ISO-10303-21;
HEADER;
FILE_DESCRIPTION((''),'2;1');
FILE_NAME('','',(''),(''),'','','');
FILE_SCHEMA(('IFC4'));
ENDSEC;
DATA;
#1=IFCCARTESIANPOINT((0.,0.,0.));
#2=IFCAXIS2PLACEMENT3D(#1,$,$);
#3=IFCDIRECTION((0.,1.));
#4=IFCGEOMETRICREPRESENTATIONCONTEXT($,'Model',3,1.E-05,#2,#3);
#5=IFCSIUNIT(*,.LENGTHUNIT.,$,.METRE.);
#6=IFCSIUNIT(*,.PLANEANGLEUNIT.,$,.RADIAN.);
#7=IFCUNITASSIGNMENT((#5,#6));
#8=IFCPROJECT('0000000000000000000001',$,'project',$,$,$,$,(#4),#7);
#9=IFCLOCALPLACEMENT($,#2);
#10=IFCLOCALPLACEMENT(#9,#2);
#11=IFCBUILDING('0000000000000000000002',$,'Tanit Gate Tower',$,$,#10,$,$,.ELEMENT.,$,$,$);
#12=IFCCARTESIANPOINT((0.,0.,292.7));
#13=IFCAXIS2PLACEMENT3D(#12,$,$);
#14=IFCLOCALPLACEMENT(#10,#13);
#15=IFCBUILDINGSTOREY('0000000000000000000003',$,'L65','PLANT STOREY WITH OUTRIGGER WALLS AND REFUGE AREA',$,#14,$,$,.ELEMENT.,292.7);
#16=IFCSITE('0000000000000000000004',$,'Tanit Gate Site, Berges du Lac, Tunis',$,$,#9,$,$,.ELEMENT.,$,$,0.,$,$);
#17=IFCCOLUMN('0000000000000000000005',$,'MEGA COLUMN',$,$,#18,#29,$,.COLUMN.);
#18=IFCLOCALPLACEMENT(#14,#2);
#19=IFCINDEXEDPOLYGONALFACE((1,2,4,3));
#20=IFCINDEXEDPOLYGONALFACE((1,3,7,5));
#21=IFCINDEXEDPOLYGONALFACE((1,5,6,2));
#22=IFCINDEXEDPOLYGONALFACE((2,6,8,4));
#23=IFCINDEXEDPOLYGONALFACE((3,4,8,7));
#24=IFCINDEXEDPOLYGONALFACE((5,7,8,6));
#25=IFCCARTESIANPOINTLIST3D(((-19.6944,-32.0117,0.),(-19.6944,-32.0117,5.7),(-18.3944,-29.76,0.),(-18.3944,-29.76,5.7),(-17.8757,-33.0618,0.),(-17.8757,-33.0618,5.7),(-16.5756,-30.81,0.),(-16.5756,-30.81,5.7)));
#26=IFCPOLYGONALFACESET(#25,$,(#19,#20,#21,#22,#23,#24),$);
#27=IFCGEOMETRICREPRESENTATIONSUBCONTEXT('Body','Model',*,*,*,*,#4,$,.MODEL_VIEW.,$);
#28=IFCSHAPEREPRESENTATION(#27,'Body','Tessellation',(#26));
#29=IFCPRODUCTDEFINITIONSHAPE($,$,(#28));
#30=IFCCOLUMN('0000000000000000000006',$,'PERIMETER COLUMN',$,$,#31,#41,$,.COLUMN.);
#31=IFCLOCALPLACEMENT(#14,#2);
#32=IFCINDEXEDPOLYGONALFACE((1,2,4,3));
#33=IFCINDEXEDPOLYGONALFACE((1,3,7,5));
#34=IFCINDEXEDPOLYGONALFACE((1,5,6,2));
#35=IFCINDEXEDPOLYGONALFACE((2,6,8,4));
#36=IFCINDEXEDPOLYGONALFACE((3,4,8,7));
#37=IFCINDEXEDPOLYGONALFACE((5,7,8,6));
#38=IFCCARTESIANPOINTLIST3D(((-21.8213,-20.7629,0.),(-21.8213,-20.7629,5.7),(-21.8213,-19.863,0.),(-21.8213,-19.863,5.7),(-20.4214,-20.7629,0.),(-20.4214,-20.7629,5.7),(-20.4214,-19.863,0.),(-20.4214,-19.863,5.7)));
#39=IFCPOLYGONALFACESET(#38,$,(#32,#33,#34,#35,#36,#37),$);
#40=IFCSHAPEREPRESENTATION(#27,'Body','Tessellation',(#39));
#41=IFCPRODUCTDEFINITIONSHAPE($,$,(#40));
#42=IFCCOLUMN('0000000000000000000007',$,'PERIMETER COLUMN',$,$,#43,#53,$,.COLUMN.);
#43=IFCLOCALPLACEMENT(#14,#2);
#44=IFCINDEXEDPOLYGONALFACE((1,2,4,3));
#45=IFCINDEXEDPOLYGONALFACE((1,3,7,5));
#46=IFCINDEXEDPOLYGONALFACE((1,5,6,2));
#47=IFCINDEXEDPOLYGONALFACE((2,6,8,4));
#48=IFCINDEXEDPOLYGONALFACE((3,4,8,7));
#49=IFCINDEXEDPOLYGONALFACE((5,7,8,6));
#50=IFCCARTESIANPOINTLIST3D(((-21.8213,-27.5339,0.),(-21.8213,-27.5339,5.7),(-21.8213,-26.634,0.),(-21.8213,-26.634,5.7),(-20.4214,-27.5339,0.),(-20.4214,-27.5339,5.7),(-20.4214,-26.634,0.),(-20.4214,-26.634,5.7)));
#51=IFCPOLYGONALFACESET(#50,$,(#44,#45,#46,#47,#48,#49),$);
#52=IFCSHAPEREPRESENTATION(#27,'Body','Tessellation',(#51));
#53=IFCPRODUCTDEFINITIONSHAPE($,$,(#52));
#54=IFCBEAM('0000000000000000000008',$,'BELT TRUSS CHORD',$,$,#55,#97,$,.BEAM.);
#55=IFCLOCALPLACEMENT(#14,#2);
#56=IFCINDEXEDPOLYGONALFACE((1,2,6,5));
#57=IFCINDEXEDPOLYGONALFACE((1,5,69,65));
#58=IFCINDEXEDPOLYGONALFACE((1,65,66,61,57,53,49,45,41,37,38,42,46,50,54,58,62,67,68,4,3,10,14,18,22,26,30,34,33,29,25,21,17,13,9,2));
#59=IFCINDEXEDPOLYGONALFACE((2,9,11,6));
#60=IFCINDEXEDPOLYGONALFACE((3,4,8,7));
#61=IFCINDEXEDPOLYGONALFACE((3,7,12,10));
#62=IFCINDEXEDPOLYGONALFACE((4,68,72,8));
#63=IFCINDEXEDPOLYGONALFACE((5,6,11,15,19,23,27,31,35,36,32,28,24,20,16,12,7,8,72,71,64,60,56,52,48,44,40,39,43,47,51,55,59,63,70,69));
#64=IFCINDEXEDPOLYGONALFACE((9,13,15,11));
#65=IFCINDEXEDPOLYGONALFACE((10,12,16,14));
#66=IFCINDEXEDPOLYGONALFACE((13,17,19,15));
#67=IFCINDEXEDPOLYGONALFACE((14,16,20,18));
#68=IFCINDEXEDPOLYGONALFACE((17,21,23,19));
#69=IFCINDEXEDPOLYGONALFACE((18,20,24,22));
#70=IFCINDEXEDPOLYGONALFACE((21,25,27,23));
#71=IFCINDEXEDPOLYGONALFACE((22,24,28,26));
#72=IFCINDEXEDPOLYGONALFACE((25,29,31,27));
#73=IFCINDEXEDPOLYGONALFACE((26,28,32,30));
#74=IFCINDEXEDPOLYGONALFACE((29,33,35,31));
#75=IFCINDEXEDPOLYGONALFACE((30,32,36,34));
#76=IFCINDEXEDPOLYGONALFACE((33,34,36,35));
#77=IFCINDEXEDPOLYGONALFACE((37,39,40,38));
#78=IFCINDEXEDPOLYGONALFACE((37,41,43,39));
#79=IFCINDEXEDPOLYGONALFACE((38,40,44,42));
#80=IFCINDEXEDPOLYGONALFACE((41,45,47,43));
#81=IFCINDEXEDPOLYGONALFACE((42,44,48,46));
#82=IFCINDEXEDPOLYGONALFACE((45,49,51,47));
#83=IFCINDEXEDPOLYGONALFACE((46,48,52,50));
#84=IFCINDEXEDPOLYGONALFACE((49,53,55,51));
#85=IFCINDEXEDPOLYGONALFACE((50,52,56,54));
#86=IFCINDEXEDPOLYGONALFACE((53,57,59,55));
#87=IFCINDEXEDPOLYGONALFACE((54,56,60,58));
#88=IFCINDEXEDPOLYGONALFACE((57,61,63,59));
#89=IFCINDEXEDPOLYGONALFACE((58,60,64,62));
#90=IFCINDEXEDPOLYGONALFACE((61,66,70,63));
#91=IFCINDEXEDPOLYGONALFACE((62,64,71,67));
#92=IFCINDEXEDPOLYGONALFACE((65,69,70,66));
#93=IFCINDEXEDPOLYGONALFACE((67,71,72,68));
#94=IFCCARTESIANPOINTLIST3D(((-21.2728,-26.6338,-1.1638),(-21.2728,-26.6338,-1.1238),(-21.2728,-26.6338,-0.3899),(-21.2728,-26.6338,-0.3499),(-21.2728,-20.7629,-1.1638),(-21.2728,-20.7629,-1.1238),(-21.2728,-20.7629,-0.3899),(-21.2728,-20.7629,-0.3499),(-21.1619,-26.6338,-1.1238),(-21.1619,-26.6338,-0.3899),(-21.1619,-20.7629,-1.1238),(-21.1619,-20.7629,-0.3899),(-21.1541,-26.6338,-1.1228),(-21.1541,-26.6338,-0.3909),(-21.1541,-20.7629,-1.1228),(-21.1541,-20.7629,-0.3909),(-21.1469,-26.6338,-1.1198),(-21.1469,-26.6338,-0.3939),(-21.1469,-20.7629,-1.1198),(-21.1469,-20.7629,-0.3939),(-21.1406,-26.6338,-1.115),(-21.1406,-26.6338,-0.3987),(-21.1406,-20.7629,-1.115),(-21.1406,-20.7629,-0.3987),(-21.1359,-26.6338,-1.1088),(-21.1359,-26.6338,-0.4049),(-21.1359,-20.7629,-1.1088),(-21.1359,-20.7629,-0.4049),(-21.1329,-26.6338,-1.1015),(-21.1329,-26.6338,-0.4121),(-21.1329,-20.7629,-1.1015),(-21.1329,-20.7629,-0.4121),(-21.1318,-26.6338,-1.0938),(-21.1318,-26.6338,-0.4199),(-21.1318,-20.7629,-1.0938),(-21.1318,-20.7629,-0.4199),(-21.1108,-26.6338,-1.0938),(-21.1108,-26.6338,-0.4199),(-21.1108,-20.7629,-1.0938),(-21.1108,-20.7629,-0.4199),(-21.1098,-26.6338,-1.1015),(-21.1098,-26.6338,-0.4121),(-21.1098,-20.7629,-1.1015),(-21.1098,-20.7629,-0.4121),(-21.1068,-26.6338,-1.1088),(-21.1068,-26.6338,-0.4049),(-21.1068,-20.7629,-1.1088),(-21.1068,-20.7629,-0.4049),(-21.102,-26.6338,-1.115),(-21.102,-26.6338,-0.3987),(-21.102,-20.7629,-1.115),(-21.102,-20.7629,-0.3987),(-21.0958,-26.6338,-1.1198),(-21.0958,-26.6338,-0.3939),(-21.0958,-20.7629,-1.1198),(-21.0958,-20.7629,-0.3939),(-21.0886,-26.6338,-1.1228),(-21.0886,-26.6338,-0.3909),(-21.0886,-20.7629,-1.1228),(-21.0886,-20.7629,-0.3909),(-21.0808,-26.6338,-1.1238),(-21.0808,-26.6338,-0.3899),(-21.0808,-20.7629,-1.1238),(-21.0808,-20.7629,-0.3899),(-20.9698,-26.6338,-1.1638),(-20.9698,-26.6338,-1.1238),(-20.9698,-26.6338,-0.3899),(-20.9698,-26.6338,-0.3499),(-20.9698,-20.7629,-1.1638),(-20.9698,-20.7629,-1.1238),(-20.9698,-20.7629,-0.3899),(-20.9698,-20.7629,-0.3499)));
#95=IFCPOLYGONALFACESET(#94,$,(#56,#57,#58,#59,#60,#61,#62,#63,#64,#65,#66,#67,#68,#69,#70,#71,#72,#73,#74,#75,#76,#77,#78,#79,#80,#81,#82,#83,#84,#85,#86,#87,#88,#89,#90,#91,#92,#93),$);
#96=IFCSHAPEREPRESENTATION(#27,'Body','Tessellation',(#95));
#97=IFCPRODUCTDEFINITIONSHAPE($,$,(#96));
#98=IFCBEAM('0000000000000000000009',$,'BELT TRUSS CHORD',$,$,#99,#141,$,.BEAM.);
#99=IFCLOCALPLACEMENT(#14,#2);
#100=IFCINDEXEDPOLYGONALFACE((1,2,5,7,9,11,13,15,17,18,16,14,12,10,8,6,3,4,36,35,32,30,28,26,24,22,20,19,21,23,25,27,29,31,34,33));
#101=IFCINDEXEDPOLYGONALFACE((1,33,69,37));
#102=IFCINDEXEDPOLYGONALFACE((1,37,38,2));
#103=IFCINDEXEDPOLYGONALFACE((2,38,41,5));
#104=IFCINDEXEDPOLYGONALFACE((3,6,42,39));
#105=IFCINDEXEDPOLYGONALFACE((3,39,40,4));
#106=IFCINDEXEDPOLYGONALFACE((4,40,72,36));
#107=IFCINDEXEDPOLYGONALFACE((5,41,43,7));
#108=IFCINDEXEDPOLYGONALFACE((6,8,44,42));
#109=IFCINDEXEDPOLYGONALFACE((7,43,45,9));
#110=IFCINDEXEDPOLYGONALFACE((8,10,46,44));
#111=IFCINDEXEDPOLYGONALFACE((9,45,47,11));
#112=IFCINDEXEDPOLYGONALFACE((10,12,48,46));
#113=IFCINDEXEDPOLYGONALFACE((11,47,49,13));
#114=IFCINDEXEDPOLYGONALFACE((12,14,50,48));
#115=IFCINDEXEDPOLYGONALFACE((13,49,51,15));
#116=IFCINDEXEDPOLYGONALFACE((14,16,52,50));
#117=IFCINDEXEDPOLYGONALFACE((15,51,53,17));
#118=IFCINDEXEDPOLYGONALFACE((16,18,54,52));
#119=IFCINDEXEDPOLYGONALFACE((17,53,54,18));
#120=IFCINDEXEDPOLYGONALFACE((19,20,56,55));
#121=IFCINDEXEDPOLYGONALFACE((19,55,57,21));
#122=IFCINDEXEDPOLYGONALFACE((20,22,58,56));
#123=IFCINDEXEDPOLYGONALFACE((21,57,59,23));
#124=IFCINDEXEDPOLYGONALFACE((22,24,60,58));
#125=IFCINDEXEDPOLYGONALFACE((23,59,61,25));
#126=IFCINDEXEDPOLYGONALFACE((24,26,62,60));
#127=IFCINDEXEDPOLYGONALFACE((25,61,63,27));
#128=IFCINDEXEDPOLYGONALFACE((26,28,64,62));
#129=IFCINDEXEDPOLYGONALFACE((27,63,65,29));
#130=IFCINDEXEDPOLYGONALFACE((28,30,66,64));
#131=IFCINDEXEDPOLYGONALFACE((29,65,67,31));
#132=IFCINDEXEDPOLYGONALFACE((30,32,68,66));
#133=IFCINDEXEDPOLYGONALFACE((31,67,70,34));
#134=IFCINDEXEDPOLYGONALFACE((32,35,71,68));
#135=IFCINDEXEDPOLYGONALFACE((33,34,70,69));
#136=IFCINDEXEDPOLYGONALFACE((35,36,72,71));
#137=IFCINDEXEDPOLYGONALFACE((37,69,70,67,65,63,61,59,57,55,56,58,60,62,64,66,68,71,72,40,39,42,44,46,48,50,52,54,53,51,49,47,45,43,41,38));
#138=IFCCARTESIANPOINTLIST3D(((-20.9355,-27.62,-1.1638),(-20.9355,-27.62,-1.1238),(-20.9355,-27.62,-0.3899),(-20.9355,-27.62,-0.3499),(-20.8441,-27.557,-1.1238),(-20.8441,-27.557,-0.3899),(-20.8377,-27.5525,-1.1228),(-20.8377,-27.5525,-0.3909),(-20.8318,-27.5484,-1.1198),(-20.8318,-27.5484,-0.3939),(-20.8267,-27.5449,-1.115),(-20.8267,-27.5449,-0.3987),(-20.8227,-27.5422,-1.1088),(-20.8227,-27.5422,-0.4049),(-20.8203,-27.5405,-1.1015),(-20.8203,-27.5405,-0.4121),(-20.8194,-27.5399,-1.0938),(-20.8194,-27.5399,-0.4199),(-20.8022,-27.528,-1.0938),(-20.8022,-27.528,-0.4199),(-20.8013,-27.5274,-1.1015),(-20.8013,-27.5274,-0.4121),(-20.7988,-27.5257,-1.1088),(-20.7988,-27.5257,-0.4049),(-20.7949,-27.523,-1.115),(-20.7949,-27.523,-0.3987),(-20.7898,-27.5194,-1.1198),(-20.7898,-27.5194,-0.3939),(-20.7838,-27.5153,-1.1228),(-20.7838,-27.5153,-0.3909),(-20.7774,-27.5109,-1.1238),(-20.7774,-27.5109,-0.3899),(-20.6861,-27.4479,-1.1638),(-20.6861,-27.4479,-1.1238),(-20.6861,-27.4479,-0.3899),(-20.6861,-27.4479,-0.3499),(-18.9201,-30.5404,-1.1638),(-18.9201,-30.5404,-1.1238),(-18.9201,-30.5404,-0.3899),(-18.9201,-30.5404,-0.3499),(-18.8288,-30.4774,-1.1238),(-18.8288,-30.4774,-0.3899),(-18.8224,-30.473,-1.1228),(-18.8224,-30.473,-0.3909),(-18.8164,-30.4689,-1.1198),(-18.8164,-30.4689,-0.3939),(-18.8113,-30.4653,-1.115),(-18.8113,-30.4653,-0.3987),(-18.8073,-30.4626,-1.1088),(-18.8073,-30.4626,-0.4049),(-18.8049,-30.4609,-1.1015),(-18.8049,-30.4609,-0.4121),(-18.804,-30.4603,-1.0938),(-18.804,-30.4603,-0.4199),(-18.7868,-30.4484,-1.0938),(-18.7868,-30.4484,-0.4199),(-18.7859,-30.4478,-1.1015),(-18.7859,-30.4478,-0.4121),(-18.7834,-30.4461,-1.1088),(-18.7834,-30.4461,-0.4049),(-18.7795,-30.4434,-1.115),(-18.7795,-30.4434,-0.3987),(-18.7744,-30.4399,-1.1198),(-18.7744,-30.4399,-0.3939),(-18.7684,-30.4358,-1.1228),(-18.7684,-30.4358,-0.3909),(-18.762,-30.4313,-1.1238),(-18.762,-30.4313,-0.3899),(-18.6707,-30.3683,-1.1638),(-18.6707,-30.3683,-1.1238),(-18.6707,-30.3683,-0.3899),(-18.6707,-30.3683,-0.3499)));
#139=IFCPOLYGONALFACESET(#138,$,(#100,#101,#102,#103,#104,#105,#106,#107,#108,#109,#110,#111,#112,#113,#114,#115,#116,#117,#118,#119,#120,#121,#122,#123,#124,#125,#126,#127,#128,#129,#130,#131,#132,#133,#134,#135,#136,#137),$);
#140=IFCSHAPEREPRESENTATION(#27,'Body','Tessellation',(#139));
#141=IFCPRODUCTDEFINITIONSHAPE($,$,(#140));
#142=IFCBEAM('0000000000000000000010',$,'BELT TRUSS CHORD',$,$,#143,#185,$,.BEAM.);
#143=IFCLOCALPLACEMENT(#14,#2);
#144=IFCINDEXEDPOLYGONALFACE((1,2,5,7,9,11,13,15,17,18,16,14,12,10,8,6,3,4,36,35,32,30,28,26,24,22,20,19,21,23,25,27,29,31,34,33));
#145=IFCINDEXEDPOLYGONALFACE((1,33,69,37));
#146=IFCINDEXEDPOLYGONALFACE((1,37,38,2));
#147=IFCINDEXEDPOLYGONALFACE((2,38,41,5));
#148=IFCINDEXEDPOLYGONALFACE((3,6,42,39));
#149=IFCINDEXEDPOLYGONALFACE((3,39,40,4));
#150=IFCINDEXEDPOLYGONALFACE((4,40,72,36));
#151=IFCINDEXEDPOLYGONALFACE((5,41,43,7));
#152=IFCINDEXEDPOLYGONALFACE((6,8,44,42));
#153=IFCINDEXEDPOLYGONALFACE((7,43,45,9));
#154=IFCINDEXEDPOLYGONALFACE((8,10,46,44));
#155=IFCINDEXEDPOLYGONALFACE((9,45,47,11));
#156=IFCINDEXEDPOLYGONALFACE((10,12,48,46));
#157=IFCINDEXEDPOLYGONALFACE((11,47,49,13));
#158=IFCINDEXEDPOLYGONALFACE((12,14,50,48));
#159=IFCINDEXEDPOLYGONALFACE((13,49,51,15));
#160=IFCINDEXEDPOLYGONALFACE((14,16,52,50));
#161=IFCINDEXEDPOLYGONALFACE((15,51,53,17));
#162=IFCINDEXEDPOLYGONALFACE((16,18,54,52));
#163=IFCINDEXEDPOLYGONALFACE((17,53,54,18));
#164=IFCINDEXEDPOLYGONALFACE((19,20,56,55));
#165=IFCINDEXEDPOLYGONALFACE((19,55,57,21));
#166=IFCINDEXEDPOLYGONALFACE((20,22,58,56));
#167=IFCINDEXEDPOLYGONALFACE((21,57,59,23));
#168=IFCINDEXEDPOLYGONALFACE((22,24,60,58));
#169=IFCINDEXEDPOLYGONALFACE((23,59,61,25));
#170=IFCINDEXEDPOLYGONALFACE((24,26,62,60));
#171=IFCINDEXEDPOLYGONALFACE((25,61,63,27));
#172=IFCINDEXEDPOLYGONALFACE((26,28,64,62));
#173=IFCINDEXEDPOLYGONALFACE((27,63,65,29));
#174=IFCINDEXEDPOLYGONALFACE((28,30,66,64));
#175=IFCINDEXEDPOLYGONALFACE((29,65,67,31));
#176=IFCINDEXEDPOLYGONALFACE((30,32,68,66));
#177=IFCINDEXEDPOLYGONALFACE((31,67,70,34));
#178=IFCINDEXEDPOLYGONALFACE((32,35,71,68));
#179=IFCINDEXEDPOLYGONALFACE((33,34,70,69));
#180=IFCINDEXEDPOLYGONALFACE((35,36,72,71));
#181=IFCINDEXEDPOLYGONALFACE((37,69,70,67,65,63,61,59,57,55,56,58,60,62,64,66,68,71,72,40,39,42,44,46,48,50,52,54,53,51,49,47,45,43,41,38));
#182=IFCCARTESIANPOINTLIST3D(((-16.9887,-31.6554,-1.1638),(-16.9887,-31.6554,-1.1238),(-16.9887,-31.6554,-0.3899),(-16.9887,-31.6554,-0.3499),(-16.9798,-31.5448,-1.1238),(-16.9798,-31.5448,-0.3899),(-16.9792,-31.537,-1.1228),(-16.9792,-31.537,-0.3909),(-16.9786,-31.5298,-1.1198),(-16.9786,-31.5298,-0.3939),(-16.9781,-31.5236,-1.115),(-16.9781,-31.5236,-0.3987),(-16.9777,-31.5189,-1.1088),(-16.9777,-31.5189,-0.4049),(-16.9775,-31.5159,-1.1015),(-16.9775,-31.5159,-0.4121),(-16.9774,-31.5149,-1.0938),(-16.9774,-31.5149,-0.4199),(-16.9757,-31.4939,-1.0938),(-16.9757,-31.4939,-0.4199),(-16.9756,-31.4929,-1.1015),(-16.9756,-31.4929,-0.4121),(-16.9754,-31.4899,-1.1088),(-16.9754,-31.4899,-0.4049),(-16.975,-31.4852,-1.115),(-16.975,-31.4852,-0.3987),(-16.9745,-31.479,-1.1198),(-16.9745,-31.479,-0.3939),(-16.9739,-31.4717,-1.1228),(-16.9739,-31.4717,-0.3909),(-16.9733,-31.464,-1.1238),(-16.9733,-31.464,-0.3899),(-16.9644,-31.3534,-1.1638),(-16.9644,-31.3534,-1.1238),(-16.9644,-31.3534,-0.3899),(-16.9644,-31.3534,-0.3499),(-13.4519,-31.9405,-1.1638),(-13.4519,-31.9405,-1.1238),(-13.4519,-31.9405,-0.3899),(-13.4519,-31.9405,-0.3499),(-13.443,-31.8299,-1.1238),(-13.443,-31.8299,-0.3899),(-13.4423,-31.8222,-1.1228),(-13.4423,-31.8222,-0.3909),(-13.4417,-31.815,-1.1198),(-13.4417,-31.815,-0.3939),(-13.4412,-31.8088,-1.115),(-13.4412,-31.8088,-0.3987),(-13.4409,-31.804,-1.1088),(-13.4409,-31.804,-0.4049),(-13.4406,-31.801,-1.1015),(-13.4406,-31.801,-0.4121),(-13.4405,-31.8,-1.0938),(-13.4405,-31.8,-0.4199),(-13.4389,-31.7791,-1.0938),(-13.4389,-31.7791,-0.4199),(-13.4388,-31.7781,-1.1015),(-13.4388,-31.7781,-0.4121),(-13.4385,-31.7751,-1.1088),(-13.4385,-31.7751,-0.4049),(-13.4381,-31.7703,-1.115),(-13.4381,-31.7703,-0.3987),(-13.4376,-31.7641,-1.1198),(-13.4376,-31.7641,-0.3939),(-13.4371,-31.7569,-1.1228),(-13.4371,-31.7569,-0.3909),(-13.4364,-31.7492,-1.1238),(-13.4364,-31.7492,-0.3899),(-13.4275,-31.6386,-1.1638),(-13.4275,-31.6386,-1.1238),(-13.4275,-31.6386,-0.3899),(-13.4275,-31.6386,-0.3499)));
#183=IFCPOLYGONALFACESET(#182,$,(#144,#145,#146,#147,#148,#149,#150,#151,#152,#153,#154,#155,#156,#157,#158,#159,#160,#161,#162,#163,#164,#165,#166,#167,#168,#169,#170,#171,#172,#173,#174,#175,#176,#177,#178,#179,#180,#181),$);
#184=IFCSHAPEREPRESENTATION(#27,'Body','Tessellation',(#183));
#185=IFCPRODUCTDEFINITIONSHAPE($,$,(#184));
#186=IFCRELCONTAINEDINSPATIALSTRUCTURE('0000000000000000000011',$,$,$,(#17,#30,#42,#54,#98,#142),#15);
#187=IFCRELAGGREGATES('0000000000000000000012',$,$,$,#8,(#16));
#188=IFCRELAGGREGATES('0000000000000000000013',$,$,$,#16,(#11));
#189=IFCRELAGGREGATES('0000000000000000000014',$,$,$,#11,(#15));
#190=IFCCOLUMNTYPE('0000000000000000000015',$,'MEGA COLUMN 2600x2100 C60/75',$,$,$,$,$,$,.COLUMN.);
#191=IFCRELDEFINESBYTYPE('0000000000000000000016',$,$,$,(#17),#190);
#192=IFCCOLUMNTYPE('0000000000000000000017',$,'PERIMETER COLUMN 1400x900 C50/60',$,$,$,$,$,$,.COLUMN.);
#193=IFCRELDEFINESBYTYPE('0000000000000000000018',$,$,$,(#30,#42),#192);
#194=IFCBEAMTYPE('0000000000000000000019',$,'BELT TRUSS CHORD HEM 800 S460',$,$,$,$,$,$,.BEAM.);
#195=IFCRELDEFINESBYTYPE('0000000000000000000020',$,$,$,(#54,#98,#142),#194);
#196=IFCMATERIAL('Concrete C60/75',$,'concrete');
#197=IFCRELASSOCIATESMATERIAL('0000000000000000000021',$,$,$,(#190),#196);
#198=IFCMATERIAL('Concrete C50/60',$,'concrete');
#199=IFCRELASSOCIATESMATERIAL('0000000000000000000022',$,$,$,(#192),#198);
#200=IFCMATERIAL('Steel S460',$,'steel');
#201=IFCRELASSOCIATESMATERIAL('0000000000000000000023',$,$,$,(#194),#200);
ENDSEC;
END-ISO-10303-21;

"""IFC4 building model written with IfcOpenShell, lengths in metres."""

from ifc_helpers import new_model, si_unit, direction, frame, origin, origin_2d, place, context, subcontext, project, spatial, rectangle, i_section, extrude, material, material_profile, profile_set, type_object, element, save


model = new_model("IFC4")

# Units and contexts
model_context = context("Model", 3, precision=1e-05, world=origin(), true_north=direction((0.0, 1.0)))
body_context = subcontext(model_context, "Body", "Model", "MODEL_VIEW")
ifc_project = project(units=[si_unit("LENGTHUNIT", "METRE"), si_unit("PLANEANGLEUNIT", "RADIAN")], contexts=[model_context])

# Site, building, storey
site_placement = place(None, origin())
site = spatial("IfcSite", under=ifc_project, at=site_placement, Name="Tanit Gate Site, Berges du Lac, Tunis", CompositionType="ELEMENT", RefElevation=0.0)
building_placement = place(site_placement, origin())
building = spatial("IfcBuilding", under=site, at=building_placement, Name="Tanit Gate Tower", CompositionType="ELEMENT")
storey_placement = place(building_placement, frame((0.0, 0.0, 292.7)))
storey = spatial("IfcBuildingStorey", under=building, at=storey_placement, Name="L65", Description="PLANT STOREY WITH OUTRIGGER WALLS AND REFUGE AREA", CompositionType="ELEMENT", Elevation=292.7)

# Columns
ifc_material_1 = material(Name="Concrete C60/75", Category="concrete")
ifc_material_profile_1 = material_profile(ifc_material_1, rectangle(XDim=2.6001, YDim=2.1001, at=origin_2d()), Name="RC 2600x2100")
ifc_profile_set_1 = profile_set([ifc_material_profile_1], Name="Concrete C60/75")
column_type_1 = type_object("IfcColumnType", Name="MEGA COLUMN 2600x2100 C60/75", PredefinedType="COLUMN", material=ifc_profile_set_1)
column_placement = place(storey_placement, frame((-18.135, -31.4109, 0.0), z_axis=(0.0, 0.0, 1.0), x_axis=(-0.5, -0.866025, 0.0)))
element("IfcColumn", 1, at=column_placement, inside=storey, type_object=column_type_1, Name="MEGA COLUMN", PredefinedType="COLUMN", context=body_context, shape_type="SweptSolid", body=[
    extrude(rectangle(XDim=2.6001, YDim=2.1001, at=origin_2d()), origin(), (0.0, 0.0, 1.0), 5.7),
])
ifc_material_2 = material(Name="Concrete C50/60", Category="concrete")
ifc_material_profile_2 = material_profile(ifc_material_2, rectangle(XDim=1.3999, YDim=0.8999, at=origin_2d()), Name="RC 1400x900")
ifc_profile_set_2 = profile_set([ifc_material_profile_2], Name="Concrete C50/60")
column_type_2 = type_object("IfcColumnType", Name="PERIMETER COLUMN 1400x900 C50/60", PredefinedType="COLUMN", material=ifc_profile_set_2)
for number, where, z_axis, x_axis, name in (
    (2, (-21.1213, -20.313, 0.0), (0.0, 0.0, 1.0), (-1.0, 0.0, 0.0), "PERIMETER COLUMN"),
    (3, (-21.1213, -27.084, 0.0), (0.0, 0.0, 1.0), (-1.0, 0.0, 0.0), "PERIMETER COLUMN"),
):
    element("IfcColumn", number, at=place(storey_placement, frame(where, z_axis=z_axis, x_axis=x_axis)), inside=storey, type_object=column_type_2, Name=name, PredefinedType="COLUMN", context=body_context, shape_type="SweptSolid", body=[
        extrude(rectangle(XDim=1.3999, YDim=0.8999, at=origin_2d()), origin(), (0.0, 0.0, 1.0), 5.7),
    ])

# Beams
ifc_material_3 = material(Name="Steel S460", Category="steel")
ifc_material_profile_3 = material_profile(ifc_material_3, i_section(OverallWidth=0.303, OverallDepth=0.814, WebThickness=0.021, FlangeThickness=0.04, FilletRadius=0.03, at=origin_2d()), Name="HEM 800")
ifc_profile_set_3 = profile_set([ifc_material_profile_3], Name="Steel S460")
beam_type_1 = type_object("IfcBeamType", Name="BELT TRUSS CHORD HEM 800 S460", PredefinedType="BEAM", material=ifc_profile_set_3)
beam_1_placement = place(storey_placement, frame((-21.1213, -20.7629, -0.7568), z_axis=(0.0, -1.0, 0.0), x_axis=(1.0, 0.0, 0.0)))
element("IfcBeam", 4, at=beam_1_placement, inside=storey, type_object=beam_type_1, Name="BELT TRUSS CHORD", PredefinedType="BEAM", context=body_context, shape_type="SweptSolid", body=[
    extrude(i_section(OverallWidth=0.303, OverallDepth=0.814, WebThickness=0.021, FlangeThickness=0.04, FilletRadius=0.03, at=origin_2d()), origin(), (0.0, 0.0, 1.0), 5.8708),
])
for number, where, z_axis, x_axis, name in (
    (5, (-20.8108, -27.5339, -0.7568), (0.567982, -0.823041, 0.0), (0.823041, 0.567982, 0.0), "BELT TRUSS CHORD"),
    (6, (-16.9766, -31.5044, -0.7568), (0.996766, -0.080363, 0.0), (0.080363, 0.996766, 0.0), "BELT TRUSS CHORD"),
):
    element("IfcBeam", number, at=place(storey_placement, frame(where, z_axis=z_axis, x_axis=x_axis)), inside=storey, type_object=beam_type_1, Name=name, PredefinedType="BEAM", context=body_context, shape_type="SweptSolid", body=[
        extrude(i_section(OverallWidth=0.303, OverallDepth=0.814, WebThickness=0.021, FlangeThickness=0.04, FilletRadius=0.03, at=origin_2d()), origin(), (0.0, 0.0, 1.0), 3.5483),
    ])

save(model, "model.ifc")
